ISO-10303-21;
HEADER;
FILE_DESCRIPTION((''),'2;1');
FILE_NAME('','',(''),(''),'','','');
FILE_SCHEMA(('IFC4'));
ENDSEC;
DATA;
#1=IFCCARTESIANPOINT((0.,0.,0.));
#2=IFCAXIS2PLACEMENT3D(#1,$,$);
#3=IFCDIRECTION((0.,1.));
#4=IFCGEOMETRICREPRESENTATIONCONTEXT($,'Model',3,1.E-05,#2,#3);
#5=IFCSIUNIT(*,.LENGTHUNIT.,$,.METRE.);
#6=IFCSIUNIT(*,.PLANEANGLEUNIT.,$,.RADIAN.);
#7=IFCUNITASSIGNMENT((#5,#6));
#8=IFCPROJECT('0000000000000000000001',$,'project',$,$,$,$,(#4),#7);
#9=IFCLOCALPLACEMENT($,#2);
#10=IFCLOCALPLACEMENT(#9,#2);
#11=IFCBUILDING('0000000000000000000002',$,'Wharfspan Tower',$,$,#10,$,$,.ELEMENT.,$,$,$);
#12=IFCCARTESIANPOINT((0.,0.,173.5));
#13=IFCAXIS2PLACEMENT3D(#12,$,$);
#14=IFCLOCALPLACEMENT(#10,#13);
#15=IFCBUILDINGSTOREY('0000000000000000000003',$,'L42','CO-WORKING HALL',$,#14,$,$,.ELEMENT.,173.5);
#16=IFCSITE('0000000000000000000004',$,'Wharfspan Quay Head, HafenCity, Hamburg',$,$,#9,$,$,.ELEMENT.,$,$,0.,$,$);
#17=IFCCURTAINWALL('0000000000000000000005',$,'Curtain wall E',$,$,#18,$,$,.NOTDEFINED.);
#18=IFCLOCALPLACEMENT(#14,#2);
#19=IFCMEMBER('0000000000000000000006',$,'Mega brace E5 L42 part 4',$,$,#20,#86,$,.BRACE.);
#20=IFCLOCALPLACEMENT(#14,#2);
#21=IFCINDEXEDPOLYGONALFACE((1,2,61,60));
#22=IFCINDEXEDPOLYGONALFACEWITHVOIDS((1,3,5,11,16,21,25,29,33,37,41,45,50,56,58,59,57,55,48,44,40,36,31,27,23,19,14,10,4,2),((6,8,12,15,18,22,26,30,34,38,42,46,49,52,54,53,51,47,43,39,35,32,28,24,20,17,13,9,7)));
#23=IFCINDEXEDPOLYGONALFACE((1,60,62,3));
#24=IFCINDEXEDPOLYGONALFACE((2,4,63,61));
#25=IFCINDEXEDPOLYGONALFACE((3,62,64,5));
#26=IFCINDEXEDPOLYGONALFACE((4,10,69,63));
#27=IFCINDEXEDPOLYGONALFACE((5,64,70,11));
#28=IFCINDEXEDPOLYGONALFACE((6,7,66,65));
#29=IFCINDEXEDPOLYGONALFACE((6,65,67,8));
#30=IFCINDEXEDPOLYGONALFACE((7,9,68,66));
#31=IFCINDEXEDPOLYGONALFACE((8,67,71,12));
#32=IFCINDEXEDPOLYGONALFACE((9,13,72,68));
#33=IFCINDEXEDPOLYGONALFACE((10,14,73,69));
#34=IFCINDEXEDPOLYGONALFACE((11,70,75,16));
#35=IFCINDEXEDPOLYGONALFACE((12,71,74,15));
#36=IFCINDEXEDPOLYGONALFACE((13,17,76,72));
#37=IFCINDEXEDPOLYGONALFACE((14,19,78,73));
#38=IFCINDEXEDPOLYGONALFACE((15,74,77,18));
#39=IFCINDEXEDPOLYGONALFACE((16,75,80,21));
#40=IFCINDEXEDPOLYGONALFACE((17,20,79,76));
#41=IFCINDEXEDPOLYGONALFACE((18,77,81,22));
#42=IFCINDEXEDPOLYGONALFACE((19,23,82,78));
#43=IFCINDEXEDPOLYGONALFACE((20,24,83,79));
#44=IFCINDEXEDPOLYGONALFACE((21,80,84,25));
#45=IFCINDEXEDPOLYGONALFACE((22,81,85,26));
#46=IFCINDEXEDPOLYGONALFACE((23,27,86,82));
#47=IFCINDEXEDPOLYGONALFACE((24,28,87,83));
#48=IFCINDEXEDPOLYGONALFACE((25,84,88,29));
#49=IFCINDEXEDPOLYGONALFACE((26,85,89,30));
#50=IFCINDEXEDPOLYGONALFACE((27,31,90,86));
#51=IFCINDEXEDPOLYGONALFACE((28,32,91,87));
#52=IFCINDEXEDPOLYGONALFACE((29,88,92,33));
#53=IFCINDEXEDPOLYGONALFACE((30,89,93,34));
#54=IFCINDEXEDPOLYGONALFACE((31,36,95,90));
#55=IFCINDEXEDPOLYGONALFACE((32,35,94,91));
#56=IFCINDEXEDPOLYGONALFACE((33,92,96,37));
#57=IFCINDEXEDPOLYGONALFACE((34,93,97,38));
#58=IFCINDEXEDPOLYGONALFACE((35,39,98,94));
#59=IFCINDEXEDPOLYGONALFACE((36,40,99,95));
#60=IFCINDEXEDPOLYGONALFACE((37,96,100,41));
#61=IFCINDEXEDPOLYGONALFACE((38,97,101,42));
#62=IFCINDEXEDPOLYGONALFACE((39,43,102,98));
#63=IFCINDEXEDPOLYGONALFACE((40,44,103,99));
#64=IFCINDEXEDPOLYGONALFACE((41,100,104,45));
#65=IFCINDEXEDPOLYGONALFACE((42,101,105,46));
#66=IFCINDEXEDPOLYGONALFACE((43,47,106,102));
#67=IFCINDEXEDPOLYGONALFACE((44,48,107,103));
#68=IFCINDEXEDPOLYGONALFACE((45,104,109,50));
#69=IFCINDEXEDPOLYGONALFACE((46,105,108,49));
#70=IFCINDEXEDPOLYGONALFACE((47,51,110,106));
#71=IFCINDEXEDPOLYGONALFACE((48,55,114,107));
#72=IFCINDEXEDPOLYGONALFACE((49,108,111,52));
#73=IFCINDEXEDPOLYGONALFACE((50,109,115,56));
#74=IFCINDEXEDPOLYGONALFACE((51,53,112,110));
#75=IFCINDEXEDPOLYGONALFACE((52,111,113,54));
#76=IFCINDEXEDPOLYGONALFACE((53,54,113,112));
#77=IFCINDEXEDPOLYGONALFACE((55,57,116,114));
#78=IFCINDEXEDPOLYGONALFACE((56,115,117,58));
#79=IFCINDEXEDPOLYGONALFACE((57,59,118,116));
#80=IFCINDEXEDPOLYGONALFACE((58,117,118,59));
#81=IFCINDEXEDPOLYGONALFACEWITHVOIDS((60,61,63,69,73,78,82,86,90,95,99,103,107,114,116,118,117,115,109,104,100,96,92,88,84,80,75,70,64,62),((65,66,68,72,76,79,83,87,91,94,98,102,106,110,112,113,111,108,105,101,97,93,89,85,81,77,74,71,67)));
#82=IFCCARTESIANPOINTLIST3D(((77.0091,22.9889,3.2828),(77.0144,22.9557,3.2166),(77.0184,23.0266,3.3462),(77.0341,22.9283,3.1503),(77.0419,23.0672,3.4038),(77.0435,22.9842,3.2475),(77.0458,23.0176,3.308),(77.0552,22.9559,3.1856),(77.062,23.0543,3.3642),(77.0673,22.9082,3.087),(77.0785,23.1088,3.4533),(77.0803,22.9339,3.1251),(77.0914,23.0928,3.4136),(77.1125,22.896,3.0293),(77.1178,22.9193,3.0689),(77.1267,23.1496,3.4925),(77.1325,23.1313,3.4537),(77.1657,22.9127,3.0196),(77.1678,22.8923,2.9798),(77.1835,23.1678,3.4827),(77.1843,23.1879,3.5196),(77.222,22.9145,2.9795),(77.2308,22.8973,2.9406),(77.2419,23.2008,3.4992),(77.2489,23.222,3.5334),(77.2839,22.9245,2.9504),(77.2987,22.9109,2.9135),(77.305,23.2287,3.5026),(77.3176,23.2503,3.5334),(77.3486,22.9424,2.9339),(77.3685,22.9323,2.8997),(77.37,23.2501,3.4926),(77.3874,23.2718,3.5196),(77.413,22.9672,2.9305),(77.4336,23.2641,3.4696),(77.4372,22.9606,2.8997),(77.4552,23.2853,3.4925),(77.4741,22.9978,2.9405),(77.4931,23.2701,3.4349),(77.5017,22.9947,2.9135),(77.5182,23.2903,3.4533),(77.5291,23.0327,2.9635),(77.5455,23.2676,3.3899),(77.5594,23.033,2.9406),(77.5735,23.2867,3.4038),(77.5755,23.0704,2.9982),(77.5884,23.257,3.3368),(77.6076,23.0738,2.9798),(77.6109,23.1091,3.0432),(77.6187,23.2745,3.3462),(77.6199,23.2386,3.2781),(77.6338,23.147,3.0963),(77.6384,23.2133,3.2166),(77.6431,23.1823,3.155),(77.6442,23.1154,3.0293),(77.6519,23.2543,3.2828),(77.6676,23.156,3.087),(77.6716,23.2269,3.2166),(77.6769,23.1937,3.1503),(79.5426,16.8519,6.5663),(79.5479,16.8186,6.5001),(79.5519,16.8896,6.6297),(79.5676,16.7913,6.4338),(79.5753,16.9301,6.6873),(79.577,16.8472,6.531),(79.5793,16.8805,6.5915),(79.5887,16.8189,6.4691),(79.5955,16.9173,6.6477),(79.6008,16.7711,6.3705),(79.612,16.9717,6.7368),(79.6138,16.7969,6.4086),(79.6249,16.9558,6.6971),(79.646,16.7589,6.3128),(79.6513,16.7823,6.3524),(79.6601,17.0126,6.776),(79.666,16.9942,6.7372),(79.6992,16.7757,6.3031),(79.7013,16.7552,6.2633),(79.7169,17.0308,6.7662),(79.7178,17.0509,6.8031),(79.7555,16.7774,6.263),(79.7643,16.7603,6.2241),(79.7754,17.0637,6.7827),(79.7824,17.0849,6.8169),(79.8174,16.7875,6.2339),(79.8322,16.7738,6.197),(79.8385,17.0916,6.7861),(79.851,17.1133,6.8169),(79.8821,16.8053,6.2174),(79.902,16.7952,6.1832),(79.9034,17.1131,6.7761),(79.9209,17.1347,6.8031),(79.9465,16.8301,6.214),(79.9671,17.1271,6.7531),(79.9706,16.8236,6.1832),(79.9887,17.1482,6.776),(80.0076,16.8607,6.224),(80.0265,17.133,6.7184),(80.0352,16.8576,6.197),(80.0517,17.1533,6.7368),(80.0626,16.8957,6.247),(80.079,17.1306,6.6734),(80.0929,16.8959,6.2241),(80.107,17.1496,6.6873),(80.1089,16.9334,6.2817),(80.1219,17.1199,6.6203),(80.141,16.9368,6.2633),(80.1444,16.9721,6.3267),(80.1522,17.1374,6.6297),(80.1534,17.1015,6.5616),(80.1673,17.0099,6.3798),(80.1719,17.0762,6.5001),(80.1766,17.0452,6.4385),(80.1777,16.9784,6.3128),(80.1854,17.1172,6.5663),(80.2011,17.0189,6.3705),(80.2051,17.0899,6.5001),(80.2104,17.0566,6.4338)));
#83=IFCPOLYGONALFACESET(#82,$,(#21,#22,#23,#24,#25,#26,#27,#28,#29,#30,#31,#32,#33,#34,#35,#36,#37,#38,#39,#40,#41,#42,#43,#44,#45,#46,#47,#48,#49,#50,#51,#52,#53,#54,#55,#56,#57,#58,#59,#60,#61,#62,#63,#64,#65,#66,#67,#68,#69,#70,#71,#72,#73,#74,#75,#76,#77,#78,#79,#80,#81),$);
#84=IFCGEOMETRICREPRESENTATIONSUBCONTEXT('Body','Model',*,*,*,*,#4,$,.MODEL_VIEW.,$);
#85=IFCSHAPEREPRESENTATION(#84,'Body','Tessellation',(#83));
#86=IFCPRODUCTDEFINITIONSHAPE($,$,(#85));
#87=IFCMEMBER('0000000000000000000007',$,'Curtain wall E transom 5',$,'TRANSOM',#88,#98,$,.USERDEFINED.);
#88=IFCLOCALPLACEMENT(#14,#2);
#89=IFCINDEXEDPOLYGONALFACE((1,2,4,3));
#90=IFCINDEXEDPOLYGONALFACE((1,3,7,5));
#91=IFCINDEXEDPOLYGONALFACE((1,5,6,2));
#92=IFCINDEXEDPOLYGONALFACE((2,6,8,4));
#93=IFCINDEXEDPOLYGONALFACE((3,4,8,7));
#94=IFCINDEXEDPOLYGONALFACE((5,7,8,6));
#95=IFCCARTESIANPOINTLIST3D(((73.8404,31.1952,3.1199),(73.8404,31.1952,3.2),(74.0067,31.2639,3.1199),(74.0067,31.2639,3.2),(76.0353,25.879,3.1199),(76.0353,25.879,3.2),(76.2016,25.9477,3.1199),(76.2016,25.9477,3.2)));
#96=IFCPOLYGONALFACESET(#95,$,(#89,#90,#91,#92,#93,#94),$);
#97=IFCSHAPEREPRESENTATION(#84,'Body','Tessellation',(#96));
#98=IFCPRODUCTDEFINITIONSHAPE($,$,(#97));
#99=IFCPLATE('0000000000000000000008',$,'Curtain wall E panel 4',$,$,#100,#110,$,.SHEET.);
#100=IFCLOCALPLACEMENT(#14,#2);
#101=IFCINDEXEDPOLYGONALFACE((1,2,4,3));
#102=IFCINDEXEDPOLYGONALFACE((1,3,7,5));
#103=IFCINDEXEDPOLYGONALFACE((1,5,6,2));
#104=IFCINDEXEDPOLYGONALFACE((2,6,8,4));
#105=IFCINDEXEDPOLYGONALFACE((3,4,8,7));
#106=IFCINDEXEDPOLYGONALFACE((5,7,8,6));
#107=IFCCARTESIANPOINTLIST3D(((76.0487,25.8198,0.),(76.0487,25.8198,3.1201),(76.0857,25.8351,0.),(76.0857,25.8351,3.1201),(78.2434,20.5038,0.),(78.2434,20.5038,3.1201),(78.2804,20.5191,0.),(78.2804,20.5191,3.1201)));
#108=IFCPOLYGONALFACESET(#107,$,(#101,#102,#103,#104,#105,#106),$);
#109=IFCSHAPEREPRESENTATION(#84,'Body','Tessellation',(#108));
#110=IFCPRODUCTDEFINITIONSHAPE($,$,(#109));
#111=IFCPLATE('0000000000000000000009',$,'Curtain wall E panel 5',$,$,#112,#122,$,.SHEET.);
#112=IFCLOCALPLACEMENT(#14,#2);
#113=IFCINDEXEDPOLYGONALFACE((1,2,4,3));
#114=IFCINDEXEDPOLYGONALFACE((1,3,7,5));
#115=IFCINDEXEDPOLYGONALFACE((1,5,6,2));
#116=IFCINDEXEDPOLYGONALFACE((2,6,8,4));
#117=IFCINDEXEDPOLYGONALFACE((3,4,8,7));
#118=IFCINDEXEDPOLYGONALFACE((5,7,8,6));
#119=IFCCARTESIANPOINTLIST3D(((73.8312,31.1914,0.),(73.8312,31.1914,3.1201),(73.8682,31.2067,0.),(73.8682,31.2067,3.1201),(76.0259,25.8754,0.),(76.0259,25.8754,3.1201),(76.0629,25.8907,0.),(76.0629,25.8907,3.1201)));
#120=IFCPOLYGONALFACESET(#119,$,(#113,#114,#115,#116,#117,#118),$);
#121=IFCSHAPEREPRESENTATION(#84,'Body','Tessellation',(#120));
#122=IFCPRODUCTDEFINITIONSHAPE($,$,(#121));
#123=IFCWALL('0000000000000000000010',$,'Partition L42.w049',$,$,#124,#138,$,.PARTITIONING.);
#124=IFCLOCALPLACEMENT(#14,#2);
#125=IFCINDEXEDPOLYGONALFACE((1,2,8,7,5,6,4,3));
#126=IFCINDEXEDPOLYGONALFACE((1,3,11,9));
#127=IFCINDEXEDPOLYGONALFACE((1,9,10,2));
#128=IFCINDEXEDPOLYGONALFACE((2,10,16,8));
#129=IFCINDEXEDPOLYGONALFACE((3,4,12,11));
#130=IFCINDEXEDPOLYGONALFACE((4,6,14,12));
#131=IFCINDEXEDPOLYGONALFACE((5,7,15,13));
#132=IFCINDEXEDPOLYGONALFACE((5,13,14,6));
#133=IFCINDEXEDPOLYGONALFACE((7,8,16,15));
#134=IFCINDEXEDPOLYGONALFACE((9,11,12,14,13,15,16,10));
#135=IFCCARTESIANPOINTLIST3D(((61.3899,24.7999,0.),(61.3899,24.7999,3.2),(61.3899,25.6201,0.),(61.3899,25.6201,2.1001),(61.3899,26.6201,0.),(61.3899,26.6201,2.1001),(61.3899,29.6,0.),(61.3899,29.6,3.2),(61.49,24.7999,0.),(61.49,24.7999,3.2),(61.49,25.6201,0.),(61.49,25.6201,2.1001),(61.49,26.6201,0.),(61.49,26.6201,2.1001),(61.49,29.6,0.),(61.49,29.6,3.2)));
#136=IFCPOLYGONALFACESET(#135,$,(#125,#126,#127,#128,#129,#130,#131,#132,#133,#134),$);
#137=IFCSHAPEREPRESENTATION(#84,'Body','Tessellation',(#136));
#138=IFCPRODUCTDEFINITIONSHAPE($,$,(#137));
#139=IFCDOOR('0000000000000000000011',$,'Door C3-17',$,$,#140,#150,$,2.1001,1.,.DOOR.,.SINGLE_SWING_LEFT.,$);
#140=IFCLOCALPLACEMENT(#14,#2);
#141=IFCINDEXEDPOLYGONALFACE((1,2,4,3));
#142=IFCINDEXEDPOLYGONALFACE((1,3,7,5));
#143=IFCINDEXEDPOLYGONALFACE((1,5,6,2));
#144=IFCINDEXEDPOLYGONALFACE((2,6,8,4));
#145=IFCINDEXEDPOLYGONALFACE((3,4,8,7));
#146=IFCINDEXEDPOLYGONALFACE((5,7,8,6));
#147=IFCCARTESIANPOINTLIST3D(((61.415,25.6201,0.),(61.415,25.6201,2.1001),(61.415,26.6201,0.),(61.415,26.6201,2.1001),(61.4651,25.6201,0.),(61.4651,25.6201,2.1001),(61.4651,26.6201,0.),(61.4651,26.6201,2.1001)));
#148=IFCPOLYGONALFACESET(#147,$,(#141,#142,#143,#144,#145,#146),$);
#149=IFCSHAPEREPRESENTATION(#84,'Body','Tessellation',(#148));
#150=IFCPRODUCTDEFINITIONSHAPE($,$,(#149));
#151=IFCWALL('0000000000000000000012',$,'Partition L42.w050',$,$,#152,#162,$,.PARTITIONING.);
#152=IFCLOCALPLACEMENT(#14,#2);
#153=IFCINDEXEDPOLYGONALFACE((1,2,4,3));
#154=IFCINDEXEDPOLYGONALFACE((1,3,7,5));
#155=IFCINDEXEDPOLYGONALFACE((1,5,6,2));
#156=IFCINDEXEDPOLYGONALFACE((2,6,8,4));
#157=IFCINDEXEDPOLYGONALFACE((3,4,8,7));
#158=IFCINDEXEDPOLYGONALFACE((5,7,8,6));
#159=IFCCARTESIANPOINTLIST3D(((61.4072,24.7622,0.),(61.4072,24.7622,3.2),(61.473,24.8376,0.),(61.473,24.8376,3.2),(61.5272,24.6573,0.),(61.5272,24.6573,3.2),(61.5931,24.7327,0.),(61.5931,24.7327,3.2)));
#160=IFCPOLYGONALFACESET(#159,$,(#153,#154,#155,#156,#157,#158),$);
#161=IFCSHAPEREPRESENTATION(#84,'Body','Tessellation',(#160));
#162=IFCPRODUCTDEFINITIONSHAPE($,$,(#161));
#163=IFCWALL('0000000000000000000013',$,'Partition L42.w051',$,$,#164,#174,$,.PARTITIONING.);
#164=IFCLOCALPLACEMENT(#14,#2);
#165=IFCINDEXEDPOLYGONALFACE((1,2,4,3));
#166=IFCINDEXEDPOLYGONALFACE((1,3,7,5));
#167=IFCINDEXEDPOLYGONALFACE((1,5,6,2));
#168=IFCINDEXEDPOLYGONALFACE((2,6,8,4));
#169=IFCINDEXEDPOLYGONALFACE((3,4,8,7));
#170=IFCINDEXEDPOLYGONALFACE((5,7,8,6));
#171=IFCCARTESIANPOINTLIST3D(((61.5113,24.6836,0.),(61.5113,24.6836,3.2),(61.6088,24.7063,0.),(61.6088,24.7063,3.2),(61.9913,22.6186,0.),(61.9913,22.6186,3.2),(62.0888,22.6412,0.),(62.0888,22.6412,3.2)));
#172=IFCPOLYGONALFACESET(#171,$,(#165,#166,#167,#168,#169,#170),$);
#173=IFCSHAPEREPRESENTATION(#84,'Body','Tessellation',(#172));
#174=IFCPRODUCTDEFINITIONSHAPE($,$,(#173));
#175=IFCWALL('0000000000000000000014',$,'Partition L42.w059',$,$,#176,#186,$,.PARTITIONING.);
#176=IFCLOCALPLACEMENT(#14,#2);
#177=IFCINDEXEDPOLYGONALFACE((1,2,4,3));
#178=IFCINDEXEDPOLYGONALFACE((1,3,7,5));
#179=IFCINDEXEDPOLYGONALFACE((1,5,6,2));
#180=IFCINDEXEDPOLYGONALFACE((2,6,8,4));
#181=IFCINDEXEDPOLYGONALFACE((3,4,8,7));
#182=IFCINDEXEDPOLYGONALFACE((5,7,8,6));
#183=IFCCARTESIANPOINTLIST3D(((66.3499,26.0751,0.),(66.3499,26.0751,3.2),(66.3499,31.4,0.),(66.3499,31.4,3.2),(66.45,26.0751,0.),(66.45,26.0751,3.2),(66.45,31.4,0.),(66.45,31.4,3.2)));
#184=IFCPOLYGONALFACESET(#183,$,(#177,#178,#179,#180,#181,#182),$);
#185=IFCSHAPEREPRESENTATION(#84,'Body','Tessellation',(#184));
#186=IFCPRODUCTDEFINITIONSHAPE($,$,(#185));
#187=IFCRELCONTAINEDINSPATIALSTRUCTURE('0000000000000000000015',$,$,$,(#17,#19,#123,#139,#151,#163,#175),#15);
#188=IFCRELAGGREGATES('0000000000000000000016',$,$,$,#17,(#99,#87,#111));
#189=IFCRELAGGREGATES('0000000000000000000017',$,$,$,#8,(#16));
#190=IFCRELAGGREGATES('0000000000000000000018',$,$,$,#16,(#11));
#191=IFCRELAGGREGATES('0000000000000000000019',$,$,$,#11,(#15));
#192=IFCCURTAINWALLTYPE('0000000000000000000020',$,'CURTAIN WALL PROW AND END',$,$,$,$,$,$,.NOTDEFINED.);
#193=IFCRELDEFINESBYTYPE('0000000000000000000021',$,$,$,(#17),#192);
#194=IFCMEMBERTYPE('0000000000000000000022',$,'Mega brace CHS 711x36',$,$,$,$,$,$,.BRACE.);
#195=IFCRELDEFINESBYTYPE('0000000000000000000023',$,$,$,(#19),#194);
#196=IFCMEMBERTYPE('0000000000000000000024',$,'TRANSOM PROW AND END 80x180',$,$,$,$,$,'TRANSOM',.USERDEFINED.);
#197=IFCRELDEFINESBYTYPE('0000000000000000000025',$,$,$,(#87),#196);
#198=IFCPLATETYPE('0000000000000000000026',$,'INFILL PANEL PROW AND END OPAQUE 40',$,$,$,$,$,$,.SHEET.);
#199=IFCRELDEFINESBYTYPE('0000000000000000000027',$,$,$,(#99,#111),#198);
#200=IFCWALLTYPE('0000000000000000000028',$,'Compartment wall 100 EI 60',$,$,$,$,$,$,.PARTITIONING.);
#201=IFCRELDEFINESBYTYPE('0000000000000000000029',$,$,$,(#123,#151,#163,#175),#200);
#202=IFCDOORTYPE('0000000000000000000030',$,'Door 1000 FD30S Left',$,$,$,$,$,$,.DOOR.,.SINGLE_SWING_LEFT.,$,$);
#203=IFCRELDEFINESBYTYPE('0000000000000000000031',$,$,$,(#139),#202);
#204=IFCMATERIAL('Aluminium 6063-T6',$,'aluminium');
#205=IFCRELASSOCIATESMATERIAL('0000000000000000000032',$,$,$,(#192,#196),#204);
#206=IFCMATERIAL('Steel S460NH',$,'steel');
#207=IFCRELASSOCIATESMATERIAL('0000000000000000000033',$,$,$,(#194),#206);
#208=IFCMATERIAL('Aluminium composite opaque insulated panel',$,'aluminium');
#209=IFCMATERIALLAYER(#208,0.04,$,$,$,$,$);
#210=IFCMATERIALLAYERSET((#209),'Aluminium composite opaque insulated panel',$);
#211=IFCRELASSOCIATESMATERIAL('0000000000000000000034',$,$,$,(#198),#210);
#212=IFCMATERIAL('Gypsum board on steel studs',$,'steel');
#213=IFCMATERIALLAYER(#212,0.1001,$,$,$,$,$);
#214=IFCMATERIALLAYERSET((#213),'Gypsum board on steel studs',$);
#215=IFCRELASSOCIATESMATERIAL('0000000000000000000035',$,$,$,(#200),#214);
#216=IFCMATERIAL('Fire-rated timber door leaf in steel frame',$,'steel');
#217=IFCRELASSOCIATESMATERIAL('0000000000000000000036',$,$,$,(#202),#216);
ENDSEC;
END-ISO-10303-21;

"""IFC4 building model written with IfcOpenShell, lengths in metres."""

from ifc_helpers import new_model, si_unit, direction, frame, frame_2d, origin, origin_2d, place, context, subcontext, project, spatial, rectangle, hollow_circle, extrude, material, layer, layer_set, material_profile, profile_set, type_object, element, fill, aggregate, save


model = new_model("IFC4")

# Units and contexts
model_context = context("Model", 3, precision=1e-05, world=origin(), true_north=direction((0.0, 1.0)))
body_context = subcontext(model_context, "Body", "Model", "MODEL_VIEW")
ifc_project = project(units=[si_unit("LENGTHUNIT", "METRE"), si_unit("PLANEANGLEUNIT", "RADIAN")], contexts=[model_context])

# Site, building, storey
site_placement = place(None, origin())
site = spatial("IfcSite", under=ifc_project, at=site_placement, Name="Wharfspan Quay Head, HafenCity, Hamburg", CompositionType="ELEMENT", RefElevation=0.0)
building_placement = place(site_placement, origin())
building = spatial("IfcBuilding", under=site, at=building_placement, Name="Wharfspan Tower", CompositionType="ELEMENT")
storey_placement = place(building_placement, frame((0.0, 0.0, 173.5)))
storey = spatial("IfcBuildingStorey", under=building, at=storey_placement, Name="L42", Description="CO-WORKING HALL", CompositionType="ELEMENT", Elevation=173.5)

# Curtain wall
ifc_material_1 = material(Name="Aluminium 6063-T6", Category="aluminium")
curtain_wall_type = type_object("IfcCurtainWallType", Name="CURTAIN WALL PROW AND END", PredefinedType="NOTDEFINED", material=ifc_material_1)
curtain_wall_placement = place(storey_placement, origin())
curtain_wall = element("IfcCurtainWall", 1, at=curtain_wall_placement, inside=storey, type_object=curtain_wall_type, Name="Curtain wall E", PredefinedType="NOTDEFINED")

# Member
ifc_material_2 = material(Name="Steel S460NH", Category="steel")
ifc_material_profile_1 = material_profile(ifc_material_2, hollow_circle(Radius=0.3555, WallThickness=0.0359, at=origin_2d()))
ifc_profile_set_1 = profile_set([ifc_material_profile_1], Name="Steel S460NH")
member_type_1 = type_object("IfcMemberType", Name="Mega brace CHS 711x36", PredefinedType="BRACE", material=ifc_profile_set_1)
member_1_placement = place(storey_placement, frame((77.343, 23.0913, 3.2166), z_axis=(0.34204, -0.82855, 0.443298), x_axis=(0.924336, 0.38158, -0.000004)))
element("IfcMember", 2, at=member_1_placement, inside=storey, type_object=member_type_1, Name="Mega brace E5 L42 part 4", PredefinedType="BRACE", context=body_context, shape_type="SweptSolid", body=[
    extrude(hollow_circle(Radius=0.3555, WallThickness=0.0359, at=origin_2d()), origin(), (0.0, 0.0, 1.0), 7.407),
])

# Member
ifc_material_profile_2 = material_profile(ifc_material_1, rectangle(XDim=0.1799, YDim=0.0801, at=origin_2d()))
ifc_profile_set_2 = profile_set([ifc_material_profile_2], Name="Aluminium 6063-T6")
member_type_2 = type_object("IfcMemberType", Name="TRANSOM PROW AND END 80x180", ElementType="TRANSOM", PredefinedType="USERDEFINED", material=ifc_profile_set_2)
member_2_placement = place(storey_placement, frame((76.1184, 25.9133, 3.1599), z_axis=(-0.381614, 0.924322, 0.0), x_axis=(-0.924322, -0.381614, 0.0)))
member_2 = element("IfcMember", 3, at=member_2_placement, type_object=member_type_2, Name="Curtain wall E transom 5", ObjectType="TRANSOM", PredefinedType="USERDEFINED", context=body_context, shape_type="SweptSolid", body=[
    extrude(rectangle(XDim=0.1799, YDim=0.0801, at=origin_2d()), origin(), (0.0, 0.0, 1.0), 5.7515),
])

# Plates
ifc_material_3 = material(Name="Aluminium composite opaque insulated panel", Category="aluminium")
ifc_layer_1 = layer(ifc_material_3, 0.04)
ifc_layer_set_1 = layer_set([ifc_layer_1], Name="Aluminium composite opaque insulated panel")
plate_type = type_object("IfcPlateType", Name="INFILL PANEL PROW AND END OPAQUE 40", PredefinedType="SHEET", material=ifc_layer_set_1)
plate_1_placement = place(storey_placement, frame((77.1646, 23.1694, 0.0), z_axis=(0.0, 0.0, 1.0), x_axis=(-0.381602, 0.924325, 0.0)))
plate_1 = element("IfcPlate", 4, at=plate_1_placement, type_object=plate_type, Name="Curtain wall E panel 4", PredefinedType="SHEET", context=body_context, shape_type="SweptSolid", body=[
    extrude(rectangle(XDim=5.7512, YDim=0.04, at=origin_2d()), origin(), (0.0, 0.0, 1.0), 3.1201),
])
plate_2_placement = place(storey_placement, frame((74.947, 28.541, 0.0), z_axis=(0.0, 0.0, 1.0), x_axis=(-0.381602, 0.924325, 0.0)))
plate_2 = element("IfcPlate", 5, at=plate_2_placement, type_object=plate_type, Name="Curtain wall E panel 5", PredefinedType="SHEET", context=body_context, shape_type="SweptSolid", body=[
    extrude(rectangle(XDim=5.7512, YDim=0.04, at=origin_2d()), origin(), (0.0, 0.0, 1.0), 3.1201),
])
aggregate(curtain_wall, [plate_1, member_2, plate_2])

# Wall, opening, door
ifc_material_4 = material(Name="Gypsum board on steel studs", Category="steel")
ifc_layer_2 = layer(ifc_material_4, 0.1001)
ifc_layer_set_2 = layer_set([ifc_layer_2], Name="Gypsum board on steel studs")
wall_type_1 = type_object("IfcWallType", Name="Compartment wall 100 EI 60", PredefinedType="PARTITIONING", material=ifc_layer_set_2)
wall_1_placement = place(storey_placement, frame((61.4399, 24.8, 0.0), z_axis=(0.0, 0.0, 1.0), x_axis=(0.0, 1.0, 0.0)))
wall_1 = element("IfcWall", 6, at=wall_1_placement, inside=storey, type_object=wall_type_1, Name="Partition L42.w049", PredefinedType="PARTITIONING", context=body_context, shape_type="SweptSolid", body=[
    extrude(rectangle(XDim=4.8, YDim=0.1001, at=frame_2d((2.3999, 0.0))), origin(), (0.0, 0.0, 1.0), 3.2),
])
opening_placement = place(wall_1_placement, frame((0.8201, 0.0, 0.0)))
opening = element("IfcOpeningElement", 7, at=opening_placement, cuts=wall_1, PredefinedType="OPENING", context=body_context, shape_type="SweptSolid", body=[
    extrude(rectangle(XDim=1.0, YDim=2.1001, at=frame_2d((0.5, 1.05))), frame((0.0, 0.0601, 0.0), z_axis=(0.0, -1.0, 0.0), x_axis=(1.0, 0.0, 0.0)), (0.0, 0.0, 1.0), 0.1201),
])
ifc_material_5 = material(Name="Fire-rated timber door leaf in steel frame", Category="steel")
door_type = type_object("IfcDoorType", Name="Door 1000 FD30S Left", OperationType="SINGLE_SWING_LEFT", PredefinedType="DOOR", material=ifc_material_5)
door_placement = place(opening_placement, origin())
door = element("IfcDoor", 8, at=door_placement, inside=storey, type_object=door_type, Name="Door C3-17", OperationType="SINGLE_SWING_LEFT", OverallHeight=2.1001, OverallWidth=1.0, PredefinedType="DOOR", context=body_context, shape_type="SweptSolid", body=[
    extrude(rectangle(XDim=1.0, YDim=2.1001, at=frame_2d((0.5, 1.05))), frame((0.0, 0.0249, 0.0), z_axis=(0.0, -1.0, 0.0), x_axis=(1.0, 0.0, 0.0)), (0.0, 0.0, 1.0), 0.05),
])
fill(opening, door)

# Walls
wall_2_placement = place(storey_placement, frame((61.5601, 24.6951, 0.0), z_axis=(0.0, 0.0, 1.0), x_axis=(-0.752958, 0.658073, 0.0)))
element("IfcWall", 9, at=wall_2_placement, inside=storey, type_object=wall_type_1, Name="Partition L42.w050", PredefinedType="PARTITIONING", context=body_context, shape_type="SweptSolid", body=[
    extrude(rectangle(XDim=0.1594, YDim=0.1001, at=frame_2d((0.0796, 0.0))), origin(), (0.0, 0.0, 1.0), 3.2),
])
wall_3_placement = place(storey_placement, frame((62.04, 22.6299, 0.0), z_axis=(0.0, 0.0, 1.0), x_axis=(-0.226381, 0.974037, 0.0)))
element("IfcWall", 10, at=wall_3_placement, inside=storey, type_object=wall_type_1, Name="Partition L42.w051", PredefinedType="PARTITIONING", context=body_context, shape_type="SweptSolid", body=[
    extrude(rectangle(XDim=2.1201, YDim=0.1001, at=frame_2d((1.0601, 0.0))), origin(), (0.0, 0.0, 1.0), 3.2),
])
wall_4_placement = place(storey_placement, frame((66.3999, 26.075, 0.0), z_axis=(0.0, 0.0, 1.0), x_axis=(0.0, 1.0, 0.0)))
element("IfcWall", 11, at=wall_4_placement, inside=storey, type_object=wall_type_1, Name="Partition L42.w059", PredefinedType="PARTITIONING", context=body_context, shape_type="SweptSolid", body=[
    extrude(rectangle(XDim=5.325, YDim=0.1001, at=frame_2d((2.6626, 0.0))), origin(), (0.0, 0.0, 1.0), 3.2),
])

save(model, "model.ifc")
